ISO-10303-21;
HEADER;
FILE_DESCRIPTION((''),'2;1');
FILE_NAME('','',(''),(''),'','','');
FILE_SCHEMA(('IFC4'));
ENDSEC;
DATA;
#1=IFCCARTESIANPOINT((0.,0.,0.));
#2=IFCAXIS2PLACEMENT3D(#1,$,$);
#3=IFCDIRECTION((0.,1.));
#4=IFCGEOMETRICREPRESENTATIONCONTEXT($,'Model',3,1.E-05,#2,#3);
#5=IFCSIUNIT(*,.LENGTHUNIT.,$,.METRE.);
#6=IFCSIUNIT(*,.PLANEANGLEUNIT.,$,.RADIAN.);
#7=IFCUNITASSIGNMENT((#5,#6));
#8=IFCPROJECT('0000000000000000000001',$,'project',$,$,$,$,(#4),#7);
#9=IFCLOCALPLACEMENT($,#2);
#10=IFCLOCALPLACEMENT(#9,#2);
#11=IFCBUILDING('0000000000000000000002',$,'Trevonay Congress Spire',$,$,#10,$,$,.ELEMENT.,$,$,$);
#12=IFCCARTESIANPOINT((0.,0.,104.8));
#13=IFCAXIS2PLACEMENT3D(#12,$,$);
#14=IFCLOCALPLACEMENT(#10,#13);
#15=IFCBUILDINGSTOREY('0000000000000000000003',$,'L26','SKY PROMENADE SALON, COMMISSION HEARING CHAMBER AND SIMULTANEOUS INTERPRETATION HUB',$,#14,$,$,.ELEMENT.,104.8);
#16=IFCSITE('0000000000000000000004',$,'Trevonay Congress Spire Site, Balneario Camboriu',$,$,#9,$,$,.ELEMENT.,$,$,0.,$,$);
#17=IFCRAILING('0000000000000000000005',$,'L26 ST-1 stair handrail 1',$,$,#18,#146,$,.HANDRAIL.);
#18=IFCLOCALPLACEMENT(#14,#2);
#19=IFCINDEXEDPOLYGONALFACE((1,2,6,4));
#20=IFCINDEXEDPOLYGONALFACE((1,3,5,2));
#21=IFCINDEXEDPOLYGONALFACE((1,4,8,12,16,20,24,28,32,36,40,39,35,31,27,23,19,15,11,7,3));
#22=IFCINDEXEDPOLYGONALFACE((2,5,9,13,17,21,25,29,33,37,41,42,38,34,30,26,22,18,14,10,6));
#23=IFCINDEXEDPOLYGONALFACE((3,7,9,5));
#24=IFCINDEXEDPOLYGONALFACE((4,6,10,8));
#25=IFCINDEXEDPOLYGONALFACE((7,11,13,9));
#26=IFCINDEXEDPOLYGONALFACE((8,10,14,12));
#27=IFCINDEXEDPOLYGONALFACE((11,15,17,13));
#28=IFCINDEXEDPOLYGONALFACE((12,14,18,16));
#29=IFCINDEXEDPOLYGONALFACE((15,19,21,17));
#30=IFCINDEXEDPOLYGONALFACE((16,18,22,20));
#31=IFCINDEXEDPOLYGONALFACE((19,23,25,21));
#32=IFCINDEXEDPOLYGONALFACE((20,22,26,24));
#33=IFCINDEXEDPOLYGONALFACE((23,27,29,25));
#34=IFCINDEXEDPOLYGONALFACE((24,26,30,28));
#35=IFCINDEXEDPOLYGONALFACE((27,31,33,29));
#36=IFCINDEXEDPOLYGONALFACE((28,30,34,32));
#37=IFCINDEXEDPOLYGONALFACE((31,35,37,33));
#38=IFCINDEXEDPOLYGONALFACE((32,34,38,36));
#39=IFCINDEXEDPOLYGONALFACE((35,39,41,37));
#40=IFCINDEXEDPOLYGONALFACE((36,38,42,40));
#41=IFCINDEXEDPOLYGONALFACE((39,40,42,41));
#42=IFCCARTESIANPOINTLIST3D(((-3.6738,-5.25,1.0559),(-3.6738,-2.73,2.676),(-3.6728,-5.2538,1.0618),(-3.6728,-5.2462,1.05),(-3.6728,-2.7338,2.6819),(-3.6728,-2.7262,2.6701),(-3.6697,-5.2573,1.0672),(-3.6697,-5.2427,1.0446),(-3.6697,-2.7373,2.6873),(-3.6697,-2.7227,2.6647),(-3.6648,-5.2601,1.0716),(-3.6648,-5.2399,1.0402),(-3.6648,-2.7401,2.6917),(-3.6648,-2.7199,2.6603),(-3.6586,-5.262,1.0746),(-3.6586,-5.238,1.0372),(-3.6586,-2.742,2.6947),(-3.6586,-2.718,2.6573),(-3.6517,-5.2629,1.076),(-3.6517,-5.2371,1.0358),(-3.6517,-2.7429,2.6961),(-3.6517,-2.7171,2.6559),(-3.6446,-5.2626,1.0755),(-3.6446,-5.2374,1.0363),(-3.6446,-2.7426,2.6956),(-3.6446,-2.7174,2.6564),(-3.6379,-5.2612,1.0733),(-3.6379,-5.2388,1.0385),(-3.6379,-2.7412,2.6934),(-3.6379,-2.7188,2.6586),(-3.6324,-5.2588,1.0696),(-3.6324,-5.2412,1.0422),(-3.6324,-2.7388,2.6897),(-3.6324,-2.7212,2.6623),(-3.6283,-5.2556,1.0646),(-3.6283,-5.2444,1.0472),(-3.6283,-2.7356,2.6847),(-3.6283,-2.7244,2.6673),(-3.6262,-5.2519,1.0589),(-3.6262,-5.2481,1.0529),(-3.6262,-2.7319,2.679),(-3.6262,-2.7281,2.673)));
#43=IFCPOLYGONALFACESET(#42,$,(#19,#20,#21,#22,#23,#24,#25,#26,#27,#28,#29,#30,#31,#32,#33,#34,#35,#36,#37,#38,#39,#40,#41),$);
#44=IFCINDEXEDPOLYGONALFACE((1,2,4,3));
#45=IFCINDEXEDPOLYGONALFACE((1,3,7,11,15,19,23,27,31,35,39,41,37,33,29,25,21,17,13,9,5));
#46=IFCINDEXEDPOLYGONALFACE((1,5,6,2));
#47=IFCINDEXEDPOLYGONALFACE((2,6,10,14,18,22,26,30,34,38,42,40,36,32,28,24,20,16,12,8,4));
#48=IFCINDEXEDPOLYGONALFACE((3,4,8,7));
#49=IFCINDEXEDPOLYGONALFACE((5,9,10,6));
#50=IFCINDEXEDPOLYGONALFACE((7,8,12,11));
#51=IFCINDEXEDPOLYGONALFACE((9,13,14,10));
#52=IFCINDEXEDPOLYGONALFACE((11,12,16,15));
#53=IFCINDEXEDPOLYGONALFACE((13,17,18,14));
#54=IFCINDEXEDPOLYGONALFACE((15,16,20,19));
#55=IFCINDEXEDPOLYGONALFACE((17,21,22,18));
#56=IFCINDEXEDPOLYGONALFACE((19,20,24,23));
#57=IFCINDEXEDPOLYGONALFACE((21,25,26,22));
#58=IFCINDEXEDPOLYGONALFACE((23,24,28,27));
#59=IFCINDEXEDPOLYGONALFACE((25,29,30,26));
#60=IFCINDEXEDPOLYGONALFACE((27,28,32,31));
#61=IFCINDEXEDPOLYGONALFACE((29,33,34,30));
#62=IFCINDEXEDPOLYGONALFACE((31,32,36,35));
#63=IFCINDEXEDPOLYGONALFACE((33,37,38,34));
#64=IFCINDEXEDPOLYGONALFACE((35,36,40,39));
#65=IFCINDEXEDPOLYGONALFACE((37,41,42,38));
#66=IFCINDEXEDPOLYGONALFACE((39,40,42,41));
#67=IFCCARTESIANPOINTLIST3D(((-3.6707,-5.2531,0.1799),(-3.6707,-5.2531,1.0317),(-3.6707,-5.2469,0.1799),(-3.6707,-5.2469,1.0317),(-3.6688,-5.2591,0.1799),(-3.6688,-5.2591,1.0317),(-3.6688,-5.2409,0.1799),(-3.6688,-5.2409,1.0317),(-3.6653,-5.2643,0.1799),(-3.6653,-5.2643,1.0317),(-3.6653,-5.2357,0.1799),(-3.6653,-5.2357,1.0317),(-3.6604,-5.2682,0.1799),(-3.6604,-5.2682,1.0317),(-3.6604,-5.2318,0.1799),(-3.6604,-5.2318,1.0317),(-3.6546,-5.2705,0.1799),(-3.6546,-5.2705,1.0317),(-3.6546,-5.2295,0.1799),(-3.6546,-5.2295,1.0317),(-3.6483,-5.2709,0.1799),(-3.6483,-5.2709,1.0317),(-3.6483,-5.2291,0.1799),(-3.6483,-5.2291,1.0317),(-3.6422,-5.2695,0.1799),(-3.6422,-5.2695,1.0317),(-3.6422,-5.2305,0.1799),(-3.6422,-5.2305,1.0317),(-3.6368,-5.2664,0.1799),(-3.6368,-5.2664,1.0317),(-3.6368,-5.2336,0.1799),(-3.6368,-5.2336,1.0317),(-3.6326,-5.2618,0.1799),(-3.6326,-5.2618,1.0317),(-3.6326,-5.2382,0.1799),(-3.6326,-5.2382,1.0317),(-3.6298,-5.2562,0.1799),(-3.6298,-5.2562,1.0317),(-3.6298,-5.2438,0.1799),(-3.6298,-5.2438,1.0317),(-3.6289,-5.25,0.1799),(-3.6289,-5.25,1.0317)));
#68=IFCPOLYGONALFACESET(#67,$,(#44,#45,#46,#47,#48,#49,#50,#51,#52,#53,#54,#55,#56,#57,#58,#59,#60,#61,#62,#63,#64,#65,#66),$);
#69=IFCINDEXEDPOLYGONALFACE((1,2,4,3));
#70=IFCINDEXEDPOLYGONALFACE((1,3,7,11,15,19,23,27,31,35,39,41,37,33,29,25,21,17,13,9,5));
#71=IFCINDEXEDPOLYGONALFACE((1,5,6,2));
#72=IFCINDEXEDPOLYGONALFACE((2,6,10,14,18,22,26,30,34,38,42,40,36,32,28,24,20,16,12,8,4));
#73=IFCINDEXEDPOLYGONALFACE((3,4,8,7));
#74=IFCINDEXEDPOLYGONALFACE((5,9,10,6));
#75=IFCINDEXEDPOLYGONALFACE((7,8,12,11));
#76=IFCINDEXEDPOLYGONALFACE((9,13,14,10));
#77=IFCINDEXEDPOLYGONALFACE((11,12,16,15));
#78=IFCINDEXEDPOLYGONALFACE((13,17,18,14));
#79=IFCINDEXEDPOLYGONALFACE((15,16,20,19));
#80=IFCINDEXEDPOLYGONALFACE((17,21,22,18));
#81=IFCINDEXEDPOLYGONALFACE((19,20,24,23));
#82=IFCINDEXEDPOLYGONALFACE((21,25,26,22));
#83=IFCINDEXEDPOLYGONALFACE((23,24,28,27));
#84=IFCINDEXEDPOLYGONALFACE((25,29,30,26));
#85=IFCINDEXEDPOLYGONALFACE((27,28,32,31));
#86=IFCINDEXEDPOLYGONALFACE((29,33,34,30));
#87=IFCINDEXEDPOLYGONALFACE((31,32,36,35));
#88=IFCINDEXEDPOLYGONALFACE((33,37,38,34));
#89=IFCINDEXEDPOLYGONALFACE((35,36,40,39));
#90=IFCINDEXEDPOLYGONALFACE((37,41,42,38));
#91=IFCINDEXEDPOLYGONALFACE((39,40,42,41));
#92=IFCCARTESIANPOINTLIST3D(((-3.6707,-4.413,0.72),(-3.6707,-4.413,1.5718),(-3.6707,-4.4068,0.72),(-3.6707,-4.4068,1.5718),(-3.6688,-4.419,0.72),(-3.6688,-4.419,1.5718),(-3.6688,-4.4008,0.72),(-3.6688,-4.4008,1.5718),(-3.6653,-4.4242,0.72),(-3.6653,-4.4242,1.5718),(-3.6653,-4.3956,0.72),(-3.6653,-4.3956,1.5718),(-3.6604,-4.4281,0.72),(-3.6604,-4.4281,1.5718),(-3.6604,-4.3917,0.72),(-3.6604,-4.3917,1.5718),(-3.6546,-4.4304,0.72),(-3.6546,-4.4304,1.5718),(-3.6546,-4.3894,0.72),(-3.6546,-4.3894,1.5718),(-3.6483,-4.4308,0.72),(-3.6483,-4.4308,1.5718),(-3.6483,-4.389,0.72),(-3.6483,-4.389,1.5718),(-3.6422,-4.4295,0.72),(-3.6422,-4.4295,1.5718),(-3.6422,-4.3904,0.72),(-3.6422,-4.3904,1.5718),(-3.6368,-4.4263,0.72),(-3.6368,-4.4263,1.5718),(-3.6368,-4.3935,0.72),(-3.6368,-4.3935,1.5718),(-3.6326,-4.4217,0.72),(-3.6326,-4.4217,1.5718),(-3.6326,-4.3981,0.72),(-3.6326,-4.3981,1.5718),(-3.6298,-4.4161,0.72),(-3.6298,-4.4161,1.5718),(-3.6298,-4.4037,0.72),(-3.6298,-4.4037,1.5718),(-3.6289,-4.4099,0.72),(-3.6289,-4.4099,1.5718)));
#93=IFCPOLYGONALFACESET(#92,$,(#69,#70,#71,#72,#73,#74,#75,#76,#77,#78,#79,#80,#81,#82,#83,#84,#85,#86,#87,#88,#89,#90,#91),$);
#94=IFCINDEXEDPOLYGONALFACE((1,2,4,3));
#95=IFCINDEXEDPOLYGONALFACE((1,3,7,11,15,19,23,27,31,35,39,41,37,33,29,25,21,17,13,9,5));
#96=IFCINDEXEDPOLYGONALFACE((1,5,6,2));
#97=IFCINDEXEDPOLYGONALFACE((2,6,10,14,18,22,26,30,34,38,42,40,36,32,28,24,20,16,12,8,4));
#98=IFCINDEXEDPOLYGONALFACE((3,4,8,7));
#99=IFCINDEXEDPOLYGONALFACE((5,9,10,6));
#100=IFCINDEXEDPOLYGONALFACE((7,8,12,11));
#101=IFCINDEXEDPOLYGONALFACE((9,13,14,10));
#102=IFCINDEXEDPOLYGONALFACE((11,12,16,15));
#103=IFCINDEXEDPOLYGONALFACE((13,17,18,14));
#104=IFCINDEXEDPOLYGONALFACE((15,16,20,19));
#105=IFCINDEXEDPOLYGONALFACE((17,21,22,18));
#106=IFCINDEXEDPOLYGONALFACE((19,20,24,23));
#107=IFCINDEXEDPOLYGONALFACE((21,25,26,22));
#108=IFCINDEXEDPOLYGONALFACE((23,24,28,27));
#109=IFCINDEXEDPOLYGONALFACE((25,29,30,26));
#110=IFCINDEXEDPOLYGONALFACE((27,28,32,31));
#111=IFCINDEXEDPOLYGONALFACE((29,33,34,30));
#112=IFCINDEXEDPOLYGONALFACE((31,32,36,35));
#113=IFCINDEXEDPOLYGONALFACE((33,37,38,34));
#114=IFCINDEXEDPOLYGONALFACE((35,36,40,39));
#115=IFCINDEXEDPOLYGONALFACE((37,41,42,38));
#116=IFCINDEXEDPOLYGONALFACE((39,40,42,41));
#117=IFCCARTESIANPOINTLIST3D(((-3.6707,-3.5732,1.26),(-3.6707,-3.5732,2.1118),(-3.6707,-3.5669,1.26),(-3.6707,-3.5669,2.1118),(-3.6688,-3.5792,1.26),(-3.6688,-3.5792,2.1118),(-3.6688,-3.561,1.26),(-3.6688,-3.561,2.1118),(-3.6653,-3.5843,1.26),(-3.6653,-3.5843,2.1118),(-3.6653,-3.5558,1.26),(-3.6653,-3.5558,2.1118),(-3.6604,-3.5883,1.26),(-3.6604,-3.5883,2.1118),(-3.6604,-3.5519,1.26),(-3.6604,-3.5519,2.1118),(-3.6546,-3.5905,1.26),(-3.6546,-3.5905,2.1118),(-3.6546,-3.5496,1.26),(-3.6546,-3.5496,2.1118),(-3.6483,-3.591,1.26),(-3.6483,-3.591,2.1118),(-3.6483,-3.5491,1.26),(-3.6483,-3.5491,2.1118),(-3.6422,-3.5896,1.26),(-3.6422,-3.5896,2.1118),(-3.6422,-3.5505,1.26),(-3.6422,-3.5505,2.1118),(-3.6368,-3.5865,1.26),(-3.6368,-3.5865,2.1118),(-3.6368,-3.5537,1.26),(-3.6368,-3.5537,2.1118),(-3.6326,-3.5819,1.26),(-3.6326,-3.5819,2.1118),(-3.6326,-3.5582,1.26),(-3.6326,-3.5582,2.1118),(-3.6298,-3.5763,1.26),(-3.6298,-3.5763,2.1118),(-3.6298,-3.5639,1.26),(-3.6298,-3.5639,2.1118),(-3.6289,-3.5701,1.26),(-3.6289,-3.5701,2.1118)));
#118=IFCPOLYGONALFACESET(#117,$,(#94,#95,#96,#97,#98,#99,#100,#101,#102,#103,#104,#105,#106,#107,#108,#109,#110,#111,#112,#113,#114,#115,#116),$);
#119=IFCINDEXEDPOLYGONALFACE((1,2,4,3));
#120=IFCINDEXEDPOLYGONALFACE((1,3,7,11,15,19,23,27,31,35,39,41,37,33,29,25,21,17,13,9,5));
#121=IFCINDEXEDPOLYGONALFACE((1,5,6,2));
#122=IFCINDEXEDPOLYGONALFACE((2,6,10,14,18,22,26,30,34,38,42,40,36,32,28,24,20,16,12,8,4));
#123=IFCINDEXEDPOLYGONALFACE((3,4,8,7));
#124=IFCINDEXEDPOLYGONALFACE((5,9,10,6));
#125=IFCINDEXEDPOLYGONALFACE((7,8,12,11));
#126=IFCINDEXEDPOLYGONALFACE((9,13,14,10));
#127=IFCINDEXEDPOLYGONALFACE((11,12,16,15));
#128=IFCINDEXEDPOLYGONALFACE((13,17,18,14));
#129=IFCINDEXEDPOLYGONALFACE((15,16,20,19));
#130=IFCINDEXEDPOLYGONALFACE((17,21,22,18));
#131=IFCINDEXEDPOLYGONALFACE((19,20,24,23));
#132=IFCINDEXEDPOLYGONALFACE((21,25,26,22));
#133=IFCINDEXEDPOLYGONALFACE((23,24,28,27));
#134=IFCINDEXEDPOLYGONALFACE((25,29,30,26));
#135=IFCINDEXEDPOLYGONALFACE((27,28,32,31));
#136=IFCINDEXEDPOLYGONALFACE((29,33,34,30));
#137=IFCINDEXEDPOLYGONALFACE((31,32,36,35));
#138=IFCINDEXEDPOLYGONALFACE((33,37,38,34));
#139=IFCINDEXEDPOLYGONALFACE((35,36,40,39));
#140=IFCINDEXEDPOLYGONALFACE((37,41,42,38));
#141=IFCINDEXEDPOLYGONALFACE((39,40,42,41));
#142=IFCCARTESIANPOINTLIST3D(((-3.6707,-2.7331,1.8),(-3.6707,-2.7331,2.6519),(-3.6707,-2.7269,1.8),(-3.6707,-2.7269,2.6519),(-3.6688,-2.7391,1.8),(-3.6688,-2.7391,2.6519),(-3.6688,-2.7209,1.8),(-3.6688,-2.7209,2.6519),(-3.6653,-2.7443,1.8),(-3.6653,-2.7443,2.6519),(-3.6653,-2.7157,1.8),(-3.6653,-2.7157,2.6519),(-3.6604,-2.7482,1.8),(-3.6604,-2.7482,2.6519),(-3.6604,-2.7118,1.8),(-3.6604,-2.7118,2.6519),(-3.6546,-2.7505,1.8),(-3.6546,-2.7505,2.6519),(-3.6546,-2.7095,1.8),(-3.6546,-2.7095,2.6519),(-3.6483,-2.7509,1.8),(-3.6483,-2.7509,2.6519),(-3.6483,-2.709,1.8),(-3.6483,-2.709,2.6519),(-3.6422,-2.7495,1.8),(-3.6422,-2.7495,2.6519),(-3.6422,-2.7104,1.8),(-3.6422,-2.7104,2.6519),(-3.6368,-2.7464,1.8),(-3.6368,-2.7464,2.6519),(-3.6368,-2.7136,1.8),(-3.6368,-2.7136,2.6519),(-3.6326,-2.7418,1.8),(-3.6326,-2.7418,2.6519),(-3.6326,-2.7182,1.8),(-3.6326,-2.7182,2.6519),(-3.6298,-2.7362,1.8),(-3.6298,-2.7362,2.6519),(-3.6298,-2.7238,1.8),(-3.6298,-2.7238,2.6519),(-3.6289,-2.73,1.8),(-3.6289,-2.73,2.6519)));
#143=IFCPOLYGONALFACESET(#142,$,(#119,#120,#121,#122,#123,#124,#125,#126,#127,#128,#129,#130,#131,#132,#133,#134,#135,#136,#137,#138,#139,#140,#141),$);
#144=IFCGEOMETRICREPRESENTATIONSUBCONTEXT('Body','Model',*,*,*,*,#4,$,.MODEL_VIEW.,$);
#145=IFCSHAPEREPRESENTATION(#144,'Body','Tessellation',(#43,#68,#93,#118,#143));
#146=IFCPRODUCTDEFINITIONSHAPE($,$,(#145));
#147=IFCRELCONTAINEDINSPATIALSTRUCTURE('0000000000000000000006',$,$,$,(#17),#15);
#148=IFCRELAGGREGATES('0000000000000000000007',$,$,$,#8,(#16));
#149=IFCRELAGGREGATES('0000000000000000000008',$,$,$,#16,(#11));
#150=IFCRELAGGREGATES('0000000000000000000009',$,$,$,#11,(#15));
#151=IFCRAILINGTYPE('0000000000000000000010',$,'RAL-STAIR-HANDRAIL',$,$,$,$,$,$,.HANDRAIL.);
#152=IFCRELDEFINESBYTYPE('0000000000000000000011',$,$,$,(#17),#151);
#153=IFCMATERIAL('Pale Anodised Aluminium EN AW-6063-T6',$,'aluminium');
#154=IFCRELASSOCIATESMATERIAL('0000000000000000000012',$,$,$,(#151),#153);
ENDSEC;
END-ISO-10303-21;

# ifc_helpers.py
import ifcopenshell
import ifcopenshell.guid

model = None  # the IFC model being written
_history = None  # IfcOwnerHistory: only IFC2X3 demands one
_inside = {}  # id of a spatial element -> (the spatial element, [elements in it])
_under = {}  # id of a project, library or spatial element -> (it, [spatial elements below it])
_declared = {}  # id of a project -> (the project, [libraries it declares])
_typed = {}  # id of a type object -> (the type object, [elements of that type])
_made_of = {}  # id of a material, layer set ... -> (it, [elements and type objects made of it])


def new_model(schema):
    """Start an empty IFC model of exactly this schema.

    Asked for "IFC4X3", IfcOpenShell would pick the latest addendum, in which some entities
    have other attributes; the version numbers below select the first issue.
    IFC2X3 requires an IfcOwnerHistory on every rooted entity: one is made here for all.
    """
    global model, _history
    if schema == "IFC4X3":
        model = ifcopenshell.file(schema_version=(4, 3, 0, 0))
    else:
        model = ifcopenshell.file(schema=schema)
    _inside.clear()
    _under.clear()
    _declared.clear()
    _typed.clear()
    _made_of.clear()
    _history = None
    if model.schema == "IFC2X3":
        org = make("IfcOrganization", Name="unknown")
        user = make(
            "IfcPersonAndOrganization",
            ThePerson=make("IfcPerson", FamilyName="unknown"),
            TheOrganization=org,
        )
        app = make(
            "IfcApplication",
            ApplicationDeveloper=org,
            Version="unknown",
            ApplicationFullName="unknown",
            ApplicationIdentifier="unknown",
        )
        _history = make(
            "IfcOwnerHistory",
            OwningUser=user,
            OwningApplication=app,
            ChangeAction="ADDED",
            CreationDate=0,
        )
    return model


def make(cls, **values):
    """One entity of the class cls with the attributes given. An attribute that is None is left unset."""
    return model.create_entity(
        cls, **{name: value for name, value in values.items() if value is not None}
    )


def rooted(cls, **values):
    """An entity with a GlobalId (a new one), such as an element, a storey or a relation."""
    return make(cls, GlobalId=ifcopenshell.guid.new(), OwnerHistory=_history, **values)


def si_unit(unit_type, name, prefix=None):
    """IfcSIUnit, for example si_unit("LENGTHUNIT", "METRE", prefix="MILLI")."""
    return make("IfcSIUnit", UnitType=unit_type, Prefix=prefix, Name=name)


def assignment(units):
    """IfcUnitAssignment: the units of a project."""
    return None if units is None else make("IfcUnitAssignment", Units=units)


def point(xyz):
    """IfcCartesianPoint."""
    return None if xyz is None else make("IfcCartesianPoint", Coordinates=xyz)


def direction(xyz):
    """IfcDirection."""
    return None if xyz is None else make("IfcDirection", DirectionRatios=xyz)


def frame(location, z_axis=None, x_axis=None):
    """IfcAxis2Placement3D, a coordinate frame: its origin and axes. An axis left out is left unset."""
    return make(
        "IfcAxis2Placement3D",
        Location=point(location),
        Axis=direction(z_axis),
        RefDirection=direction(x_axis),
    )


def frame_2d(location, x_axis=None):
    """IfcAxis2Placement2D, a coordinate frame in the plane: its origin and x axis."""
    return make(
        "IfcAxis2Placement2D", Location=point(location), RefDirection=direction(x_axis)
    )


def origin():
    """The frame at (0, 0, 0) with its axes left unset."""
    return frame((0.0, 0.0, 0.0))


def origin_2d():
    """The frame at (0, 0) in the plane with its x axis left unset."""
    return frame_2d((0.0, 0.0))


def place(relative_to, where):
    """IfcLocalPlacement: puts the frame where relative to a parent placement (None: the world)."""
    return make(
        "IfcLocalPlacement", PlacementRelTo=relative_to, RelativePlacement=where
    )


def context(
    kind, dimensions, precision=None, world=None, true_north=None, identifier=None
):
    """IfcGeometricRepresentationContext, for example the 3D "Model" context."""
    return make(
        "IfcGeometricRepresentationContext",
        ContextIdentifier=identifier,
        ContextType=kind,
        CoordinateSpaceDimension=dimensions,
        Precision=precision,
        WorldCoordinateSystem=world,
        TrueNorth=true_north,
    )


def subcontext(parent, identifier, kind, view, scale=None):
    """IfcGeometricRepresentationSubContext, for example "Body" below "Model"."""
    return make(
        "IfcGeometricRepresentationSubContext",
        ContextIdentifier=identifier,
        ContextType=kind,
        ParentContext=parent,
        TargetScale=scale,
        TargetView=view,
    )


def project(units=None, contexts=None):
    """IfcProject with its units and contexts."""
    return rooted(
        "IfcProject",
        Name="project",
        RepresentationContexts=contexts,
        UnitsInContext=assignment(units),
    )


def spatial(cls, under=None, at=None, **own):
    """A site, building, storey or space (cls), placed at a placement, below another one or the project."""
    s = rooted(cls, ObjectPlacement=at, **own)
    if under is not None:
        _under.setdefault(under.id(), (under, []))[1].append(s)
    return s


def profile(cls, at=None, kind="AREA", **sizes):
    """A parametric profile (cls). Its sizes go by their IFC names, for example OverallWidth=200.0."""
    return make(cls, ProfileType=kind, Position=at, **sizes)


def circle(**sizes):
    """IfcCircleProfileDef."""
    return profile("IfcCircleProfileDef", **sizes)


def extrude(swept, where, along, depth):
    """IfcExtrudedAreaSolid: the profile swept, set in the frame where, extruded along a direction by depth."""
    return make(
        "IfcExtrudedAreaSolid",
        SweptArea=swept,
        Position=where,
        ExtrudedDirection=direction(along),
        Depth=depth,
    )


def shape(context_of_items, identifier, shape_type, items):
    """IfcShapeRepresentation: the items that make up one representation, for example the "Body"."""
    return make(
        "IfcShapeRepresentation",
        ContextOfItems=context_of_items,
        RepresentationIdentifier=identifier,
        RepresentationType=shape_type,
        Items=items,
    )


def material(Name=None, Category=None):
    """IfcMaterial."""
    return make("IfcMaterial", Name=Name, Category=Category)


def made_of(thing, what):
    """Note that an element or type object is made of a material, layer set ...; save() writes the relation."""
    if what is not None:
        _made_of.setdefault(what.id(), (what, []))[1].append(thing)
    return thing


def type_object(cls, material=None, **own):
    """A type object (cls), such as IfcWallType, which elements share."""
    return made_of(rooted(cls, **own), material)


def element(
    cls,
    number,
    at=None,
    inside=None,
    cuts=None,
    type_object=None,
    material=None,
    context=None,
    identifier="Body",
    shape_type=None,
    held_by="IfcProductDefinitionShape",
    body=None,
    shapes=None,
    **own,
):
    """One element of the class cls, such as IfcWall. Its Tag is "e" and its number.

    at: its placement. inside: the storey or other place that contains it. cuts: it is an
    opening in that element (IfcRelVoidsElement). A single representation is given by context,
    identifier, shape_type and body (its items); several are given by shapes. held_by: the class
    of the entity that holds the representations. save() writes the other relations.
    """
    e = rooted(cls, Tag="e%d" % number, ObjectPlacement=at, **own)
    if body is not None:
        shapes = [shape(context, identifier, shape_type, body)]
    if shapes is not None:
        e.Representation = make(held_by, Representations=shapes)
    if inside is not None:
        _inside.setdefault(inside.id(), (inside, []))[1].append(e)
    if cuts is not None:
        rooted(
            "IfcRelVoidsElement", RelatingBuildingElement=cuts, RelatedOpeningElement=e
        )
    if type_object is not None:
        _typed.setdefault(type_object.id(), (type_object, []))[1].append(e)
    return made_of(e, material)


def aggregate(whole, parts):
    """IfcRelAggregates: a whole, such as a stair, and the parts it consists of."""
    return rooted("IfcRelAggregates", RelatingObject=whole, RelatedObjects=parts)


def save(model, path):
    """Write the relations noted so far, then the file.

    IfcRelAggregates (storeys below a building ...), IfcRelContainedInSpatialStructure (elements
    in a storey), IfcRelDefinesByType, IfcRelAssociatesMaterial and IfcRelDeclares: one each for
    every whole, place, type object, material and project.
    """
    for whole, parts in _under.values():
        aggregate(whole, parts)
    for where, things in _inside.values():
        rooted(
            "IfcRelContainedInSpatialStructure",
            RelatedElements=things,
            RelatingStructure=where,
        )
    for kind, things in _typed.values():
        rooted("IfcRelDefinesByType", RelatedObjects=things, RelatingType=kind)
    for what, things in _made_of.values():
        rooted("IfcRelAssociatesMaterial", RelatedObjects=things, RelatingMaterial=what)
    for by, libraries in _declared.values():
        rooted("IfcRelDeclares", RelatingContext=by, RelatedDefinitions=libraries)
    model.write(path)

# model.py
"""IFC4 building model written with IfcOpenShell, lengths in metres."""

from ifc_helpers import new_model, si_unit, direction, frame, origin, origin_2d, place, context, subcontext, project, spatial, circle, extrude, material, type_object, element, save


model = new_model("IFC4")

# Units and contexts
model_context = context("Model", 3, precision=1e-05, world=origin(), true_north=direction((0.0, 1.0)))
body_context = subcontext(model_context, "Body", "Model", "MODEL_VIEW")
ifc_project = project(units=[si_unit("LENGTHUNIT", "METRE"), si_unit("PLANEANGLEUNIT", "RADIAN")], contexts=[model_context])

# Site, building, storey
site_placement = place(None, origin())
site = spatial("IfcSite", under=ifc_project, at=site_placement, Name="Trevonay Congress Spire Site, Balneario Camboriu", CompositionType="ELEMENT", RefElevation=0.0)
building_placement = place(site_placement, origin())
building = spatial("IfcBuilding", under=site, at=building_placement, Name="Trevonay Congress Spire", CompositionType="ELEMENT")
storey_placement = place(building_placement, frame((0.0, 0.0, 104.8)))
storey = spatial("IfcBuildingStorey", under=building, at=storey_placement, Name="L26", Description="SKY PROMENADE SALON, COMMISSION HEARING CHAMBER AND SIMULTANEOUS INTERPRETATION HUB", CompositionType="ELEMENT", Elevation=104.8)

# Railing
ifc_material_1 = material(Name="Pale Anodised Aluminium EN AW-6063-T6", Category="aluminium")
railing_type_1 = type_object("IfcRailingType", Name="RAL-STAIR-HANDRAIL", PredefinedType="HANDRAIL", material=ifc_material_1)
railing_1_placement = place(storey_placement, frame((-3.6499, -5.25, 0.1799)))
element("IfcRailing", 1, at=railing_1_placement, inside=storey, type_object=railing_type_1, Name="L26 ST-1 stair handrail 1", PredefinedType="HANDRAIL", context=body_context, shape_type="SweptSolid", body=[
    extrude(circle(Radius=0.0239, at=origin_2d()), frame((0.0, 0.0, 0.876), z_axis=(0.0, 0.841163, 0.540782), x_axis=(-1.0, 0.0, 0.0)), (0.0, 0.0, 1.0), 2.9958),
    extrude(circle(Radius=0.021, at=origin_2d()), origin(), (0.0, 0.0, 1.0), 0.8518),
    extrude(circle(Radius=0.021, at=origin_2d()), frame((0.0, 0.8401, 0.54)), (0.0, 0.0, 1.0), 0.8518),
    extrude(circle(Radius=0.021, at=origin_2d()), frame((0.0, 1.6799, 1.0801)), (0.0, 0.0, 1.0), 0.8518),
    extrude(circle(Radius=0.021, at=origin_2d()), frame((0.0, 2.52, 1.6201)), (0.0, 0.0, 1.0), 0.8518),
])

save(model, "model.ifc")
